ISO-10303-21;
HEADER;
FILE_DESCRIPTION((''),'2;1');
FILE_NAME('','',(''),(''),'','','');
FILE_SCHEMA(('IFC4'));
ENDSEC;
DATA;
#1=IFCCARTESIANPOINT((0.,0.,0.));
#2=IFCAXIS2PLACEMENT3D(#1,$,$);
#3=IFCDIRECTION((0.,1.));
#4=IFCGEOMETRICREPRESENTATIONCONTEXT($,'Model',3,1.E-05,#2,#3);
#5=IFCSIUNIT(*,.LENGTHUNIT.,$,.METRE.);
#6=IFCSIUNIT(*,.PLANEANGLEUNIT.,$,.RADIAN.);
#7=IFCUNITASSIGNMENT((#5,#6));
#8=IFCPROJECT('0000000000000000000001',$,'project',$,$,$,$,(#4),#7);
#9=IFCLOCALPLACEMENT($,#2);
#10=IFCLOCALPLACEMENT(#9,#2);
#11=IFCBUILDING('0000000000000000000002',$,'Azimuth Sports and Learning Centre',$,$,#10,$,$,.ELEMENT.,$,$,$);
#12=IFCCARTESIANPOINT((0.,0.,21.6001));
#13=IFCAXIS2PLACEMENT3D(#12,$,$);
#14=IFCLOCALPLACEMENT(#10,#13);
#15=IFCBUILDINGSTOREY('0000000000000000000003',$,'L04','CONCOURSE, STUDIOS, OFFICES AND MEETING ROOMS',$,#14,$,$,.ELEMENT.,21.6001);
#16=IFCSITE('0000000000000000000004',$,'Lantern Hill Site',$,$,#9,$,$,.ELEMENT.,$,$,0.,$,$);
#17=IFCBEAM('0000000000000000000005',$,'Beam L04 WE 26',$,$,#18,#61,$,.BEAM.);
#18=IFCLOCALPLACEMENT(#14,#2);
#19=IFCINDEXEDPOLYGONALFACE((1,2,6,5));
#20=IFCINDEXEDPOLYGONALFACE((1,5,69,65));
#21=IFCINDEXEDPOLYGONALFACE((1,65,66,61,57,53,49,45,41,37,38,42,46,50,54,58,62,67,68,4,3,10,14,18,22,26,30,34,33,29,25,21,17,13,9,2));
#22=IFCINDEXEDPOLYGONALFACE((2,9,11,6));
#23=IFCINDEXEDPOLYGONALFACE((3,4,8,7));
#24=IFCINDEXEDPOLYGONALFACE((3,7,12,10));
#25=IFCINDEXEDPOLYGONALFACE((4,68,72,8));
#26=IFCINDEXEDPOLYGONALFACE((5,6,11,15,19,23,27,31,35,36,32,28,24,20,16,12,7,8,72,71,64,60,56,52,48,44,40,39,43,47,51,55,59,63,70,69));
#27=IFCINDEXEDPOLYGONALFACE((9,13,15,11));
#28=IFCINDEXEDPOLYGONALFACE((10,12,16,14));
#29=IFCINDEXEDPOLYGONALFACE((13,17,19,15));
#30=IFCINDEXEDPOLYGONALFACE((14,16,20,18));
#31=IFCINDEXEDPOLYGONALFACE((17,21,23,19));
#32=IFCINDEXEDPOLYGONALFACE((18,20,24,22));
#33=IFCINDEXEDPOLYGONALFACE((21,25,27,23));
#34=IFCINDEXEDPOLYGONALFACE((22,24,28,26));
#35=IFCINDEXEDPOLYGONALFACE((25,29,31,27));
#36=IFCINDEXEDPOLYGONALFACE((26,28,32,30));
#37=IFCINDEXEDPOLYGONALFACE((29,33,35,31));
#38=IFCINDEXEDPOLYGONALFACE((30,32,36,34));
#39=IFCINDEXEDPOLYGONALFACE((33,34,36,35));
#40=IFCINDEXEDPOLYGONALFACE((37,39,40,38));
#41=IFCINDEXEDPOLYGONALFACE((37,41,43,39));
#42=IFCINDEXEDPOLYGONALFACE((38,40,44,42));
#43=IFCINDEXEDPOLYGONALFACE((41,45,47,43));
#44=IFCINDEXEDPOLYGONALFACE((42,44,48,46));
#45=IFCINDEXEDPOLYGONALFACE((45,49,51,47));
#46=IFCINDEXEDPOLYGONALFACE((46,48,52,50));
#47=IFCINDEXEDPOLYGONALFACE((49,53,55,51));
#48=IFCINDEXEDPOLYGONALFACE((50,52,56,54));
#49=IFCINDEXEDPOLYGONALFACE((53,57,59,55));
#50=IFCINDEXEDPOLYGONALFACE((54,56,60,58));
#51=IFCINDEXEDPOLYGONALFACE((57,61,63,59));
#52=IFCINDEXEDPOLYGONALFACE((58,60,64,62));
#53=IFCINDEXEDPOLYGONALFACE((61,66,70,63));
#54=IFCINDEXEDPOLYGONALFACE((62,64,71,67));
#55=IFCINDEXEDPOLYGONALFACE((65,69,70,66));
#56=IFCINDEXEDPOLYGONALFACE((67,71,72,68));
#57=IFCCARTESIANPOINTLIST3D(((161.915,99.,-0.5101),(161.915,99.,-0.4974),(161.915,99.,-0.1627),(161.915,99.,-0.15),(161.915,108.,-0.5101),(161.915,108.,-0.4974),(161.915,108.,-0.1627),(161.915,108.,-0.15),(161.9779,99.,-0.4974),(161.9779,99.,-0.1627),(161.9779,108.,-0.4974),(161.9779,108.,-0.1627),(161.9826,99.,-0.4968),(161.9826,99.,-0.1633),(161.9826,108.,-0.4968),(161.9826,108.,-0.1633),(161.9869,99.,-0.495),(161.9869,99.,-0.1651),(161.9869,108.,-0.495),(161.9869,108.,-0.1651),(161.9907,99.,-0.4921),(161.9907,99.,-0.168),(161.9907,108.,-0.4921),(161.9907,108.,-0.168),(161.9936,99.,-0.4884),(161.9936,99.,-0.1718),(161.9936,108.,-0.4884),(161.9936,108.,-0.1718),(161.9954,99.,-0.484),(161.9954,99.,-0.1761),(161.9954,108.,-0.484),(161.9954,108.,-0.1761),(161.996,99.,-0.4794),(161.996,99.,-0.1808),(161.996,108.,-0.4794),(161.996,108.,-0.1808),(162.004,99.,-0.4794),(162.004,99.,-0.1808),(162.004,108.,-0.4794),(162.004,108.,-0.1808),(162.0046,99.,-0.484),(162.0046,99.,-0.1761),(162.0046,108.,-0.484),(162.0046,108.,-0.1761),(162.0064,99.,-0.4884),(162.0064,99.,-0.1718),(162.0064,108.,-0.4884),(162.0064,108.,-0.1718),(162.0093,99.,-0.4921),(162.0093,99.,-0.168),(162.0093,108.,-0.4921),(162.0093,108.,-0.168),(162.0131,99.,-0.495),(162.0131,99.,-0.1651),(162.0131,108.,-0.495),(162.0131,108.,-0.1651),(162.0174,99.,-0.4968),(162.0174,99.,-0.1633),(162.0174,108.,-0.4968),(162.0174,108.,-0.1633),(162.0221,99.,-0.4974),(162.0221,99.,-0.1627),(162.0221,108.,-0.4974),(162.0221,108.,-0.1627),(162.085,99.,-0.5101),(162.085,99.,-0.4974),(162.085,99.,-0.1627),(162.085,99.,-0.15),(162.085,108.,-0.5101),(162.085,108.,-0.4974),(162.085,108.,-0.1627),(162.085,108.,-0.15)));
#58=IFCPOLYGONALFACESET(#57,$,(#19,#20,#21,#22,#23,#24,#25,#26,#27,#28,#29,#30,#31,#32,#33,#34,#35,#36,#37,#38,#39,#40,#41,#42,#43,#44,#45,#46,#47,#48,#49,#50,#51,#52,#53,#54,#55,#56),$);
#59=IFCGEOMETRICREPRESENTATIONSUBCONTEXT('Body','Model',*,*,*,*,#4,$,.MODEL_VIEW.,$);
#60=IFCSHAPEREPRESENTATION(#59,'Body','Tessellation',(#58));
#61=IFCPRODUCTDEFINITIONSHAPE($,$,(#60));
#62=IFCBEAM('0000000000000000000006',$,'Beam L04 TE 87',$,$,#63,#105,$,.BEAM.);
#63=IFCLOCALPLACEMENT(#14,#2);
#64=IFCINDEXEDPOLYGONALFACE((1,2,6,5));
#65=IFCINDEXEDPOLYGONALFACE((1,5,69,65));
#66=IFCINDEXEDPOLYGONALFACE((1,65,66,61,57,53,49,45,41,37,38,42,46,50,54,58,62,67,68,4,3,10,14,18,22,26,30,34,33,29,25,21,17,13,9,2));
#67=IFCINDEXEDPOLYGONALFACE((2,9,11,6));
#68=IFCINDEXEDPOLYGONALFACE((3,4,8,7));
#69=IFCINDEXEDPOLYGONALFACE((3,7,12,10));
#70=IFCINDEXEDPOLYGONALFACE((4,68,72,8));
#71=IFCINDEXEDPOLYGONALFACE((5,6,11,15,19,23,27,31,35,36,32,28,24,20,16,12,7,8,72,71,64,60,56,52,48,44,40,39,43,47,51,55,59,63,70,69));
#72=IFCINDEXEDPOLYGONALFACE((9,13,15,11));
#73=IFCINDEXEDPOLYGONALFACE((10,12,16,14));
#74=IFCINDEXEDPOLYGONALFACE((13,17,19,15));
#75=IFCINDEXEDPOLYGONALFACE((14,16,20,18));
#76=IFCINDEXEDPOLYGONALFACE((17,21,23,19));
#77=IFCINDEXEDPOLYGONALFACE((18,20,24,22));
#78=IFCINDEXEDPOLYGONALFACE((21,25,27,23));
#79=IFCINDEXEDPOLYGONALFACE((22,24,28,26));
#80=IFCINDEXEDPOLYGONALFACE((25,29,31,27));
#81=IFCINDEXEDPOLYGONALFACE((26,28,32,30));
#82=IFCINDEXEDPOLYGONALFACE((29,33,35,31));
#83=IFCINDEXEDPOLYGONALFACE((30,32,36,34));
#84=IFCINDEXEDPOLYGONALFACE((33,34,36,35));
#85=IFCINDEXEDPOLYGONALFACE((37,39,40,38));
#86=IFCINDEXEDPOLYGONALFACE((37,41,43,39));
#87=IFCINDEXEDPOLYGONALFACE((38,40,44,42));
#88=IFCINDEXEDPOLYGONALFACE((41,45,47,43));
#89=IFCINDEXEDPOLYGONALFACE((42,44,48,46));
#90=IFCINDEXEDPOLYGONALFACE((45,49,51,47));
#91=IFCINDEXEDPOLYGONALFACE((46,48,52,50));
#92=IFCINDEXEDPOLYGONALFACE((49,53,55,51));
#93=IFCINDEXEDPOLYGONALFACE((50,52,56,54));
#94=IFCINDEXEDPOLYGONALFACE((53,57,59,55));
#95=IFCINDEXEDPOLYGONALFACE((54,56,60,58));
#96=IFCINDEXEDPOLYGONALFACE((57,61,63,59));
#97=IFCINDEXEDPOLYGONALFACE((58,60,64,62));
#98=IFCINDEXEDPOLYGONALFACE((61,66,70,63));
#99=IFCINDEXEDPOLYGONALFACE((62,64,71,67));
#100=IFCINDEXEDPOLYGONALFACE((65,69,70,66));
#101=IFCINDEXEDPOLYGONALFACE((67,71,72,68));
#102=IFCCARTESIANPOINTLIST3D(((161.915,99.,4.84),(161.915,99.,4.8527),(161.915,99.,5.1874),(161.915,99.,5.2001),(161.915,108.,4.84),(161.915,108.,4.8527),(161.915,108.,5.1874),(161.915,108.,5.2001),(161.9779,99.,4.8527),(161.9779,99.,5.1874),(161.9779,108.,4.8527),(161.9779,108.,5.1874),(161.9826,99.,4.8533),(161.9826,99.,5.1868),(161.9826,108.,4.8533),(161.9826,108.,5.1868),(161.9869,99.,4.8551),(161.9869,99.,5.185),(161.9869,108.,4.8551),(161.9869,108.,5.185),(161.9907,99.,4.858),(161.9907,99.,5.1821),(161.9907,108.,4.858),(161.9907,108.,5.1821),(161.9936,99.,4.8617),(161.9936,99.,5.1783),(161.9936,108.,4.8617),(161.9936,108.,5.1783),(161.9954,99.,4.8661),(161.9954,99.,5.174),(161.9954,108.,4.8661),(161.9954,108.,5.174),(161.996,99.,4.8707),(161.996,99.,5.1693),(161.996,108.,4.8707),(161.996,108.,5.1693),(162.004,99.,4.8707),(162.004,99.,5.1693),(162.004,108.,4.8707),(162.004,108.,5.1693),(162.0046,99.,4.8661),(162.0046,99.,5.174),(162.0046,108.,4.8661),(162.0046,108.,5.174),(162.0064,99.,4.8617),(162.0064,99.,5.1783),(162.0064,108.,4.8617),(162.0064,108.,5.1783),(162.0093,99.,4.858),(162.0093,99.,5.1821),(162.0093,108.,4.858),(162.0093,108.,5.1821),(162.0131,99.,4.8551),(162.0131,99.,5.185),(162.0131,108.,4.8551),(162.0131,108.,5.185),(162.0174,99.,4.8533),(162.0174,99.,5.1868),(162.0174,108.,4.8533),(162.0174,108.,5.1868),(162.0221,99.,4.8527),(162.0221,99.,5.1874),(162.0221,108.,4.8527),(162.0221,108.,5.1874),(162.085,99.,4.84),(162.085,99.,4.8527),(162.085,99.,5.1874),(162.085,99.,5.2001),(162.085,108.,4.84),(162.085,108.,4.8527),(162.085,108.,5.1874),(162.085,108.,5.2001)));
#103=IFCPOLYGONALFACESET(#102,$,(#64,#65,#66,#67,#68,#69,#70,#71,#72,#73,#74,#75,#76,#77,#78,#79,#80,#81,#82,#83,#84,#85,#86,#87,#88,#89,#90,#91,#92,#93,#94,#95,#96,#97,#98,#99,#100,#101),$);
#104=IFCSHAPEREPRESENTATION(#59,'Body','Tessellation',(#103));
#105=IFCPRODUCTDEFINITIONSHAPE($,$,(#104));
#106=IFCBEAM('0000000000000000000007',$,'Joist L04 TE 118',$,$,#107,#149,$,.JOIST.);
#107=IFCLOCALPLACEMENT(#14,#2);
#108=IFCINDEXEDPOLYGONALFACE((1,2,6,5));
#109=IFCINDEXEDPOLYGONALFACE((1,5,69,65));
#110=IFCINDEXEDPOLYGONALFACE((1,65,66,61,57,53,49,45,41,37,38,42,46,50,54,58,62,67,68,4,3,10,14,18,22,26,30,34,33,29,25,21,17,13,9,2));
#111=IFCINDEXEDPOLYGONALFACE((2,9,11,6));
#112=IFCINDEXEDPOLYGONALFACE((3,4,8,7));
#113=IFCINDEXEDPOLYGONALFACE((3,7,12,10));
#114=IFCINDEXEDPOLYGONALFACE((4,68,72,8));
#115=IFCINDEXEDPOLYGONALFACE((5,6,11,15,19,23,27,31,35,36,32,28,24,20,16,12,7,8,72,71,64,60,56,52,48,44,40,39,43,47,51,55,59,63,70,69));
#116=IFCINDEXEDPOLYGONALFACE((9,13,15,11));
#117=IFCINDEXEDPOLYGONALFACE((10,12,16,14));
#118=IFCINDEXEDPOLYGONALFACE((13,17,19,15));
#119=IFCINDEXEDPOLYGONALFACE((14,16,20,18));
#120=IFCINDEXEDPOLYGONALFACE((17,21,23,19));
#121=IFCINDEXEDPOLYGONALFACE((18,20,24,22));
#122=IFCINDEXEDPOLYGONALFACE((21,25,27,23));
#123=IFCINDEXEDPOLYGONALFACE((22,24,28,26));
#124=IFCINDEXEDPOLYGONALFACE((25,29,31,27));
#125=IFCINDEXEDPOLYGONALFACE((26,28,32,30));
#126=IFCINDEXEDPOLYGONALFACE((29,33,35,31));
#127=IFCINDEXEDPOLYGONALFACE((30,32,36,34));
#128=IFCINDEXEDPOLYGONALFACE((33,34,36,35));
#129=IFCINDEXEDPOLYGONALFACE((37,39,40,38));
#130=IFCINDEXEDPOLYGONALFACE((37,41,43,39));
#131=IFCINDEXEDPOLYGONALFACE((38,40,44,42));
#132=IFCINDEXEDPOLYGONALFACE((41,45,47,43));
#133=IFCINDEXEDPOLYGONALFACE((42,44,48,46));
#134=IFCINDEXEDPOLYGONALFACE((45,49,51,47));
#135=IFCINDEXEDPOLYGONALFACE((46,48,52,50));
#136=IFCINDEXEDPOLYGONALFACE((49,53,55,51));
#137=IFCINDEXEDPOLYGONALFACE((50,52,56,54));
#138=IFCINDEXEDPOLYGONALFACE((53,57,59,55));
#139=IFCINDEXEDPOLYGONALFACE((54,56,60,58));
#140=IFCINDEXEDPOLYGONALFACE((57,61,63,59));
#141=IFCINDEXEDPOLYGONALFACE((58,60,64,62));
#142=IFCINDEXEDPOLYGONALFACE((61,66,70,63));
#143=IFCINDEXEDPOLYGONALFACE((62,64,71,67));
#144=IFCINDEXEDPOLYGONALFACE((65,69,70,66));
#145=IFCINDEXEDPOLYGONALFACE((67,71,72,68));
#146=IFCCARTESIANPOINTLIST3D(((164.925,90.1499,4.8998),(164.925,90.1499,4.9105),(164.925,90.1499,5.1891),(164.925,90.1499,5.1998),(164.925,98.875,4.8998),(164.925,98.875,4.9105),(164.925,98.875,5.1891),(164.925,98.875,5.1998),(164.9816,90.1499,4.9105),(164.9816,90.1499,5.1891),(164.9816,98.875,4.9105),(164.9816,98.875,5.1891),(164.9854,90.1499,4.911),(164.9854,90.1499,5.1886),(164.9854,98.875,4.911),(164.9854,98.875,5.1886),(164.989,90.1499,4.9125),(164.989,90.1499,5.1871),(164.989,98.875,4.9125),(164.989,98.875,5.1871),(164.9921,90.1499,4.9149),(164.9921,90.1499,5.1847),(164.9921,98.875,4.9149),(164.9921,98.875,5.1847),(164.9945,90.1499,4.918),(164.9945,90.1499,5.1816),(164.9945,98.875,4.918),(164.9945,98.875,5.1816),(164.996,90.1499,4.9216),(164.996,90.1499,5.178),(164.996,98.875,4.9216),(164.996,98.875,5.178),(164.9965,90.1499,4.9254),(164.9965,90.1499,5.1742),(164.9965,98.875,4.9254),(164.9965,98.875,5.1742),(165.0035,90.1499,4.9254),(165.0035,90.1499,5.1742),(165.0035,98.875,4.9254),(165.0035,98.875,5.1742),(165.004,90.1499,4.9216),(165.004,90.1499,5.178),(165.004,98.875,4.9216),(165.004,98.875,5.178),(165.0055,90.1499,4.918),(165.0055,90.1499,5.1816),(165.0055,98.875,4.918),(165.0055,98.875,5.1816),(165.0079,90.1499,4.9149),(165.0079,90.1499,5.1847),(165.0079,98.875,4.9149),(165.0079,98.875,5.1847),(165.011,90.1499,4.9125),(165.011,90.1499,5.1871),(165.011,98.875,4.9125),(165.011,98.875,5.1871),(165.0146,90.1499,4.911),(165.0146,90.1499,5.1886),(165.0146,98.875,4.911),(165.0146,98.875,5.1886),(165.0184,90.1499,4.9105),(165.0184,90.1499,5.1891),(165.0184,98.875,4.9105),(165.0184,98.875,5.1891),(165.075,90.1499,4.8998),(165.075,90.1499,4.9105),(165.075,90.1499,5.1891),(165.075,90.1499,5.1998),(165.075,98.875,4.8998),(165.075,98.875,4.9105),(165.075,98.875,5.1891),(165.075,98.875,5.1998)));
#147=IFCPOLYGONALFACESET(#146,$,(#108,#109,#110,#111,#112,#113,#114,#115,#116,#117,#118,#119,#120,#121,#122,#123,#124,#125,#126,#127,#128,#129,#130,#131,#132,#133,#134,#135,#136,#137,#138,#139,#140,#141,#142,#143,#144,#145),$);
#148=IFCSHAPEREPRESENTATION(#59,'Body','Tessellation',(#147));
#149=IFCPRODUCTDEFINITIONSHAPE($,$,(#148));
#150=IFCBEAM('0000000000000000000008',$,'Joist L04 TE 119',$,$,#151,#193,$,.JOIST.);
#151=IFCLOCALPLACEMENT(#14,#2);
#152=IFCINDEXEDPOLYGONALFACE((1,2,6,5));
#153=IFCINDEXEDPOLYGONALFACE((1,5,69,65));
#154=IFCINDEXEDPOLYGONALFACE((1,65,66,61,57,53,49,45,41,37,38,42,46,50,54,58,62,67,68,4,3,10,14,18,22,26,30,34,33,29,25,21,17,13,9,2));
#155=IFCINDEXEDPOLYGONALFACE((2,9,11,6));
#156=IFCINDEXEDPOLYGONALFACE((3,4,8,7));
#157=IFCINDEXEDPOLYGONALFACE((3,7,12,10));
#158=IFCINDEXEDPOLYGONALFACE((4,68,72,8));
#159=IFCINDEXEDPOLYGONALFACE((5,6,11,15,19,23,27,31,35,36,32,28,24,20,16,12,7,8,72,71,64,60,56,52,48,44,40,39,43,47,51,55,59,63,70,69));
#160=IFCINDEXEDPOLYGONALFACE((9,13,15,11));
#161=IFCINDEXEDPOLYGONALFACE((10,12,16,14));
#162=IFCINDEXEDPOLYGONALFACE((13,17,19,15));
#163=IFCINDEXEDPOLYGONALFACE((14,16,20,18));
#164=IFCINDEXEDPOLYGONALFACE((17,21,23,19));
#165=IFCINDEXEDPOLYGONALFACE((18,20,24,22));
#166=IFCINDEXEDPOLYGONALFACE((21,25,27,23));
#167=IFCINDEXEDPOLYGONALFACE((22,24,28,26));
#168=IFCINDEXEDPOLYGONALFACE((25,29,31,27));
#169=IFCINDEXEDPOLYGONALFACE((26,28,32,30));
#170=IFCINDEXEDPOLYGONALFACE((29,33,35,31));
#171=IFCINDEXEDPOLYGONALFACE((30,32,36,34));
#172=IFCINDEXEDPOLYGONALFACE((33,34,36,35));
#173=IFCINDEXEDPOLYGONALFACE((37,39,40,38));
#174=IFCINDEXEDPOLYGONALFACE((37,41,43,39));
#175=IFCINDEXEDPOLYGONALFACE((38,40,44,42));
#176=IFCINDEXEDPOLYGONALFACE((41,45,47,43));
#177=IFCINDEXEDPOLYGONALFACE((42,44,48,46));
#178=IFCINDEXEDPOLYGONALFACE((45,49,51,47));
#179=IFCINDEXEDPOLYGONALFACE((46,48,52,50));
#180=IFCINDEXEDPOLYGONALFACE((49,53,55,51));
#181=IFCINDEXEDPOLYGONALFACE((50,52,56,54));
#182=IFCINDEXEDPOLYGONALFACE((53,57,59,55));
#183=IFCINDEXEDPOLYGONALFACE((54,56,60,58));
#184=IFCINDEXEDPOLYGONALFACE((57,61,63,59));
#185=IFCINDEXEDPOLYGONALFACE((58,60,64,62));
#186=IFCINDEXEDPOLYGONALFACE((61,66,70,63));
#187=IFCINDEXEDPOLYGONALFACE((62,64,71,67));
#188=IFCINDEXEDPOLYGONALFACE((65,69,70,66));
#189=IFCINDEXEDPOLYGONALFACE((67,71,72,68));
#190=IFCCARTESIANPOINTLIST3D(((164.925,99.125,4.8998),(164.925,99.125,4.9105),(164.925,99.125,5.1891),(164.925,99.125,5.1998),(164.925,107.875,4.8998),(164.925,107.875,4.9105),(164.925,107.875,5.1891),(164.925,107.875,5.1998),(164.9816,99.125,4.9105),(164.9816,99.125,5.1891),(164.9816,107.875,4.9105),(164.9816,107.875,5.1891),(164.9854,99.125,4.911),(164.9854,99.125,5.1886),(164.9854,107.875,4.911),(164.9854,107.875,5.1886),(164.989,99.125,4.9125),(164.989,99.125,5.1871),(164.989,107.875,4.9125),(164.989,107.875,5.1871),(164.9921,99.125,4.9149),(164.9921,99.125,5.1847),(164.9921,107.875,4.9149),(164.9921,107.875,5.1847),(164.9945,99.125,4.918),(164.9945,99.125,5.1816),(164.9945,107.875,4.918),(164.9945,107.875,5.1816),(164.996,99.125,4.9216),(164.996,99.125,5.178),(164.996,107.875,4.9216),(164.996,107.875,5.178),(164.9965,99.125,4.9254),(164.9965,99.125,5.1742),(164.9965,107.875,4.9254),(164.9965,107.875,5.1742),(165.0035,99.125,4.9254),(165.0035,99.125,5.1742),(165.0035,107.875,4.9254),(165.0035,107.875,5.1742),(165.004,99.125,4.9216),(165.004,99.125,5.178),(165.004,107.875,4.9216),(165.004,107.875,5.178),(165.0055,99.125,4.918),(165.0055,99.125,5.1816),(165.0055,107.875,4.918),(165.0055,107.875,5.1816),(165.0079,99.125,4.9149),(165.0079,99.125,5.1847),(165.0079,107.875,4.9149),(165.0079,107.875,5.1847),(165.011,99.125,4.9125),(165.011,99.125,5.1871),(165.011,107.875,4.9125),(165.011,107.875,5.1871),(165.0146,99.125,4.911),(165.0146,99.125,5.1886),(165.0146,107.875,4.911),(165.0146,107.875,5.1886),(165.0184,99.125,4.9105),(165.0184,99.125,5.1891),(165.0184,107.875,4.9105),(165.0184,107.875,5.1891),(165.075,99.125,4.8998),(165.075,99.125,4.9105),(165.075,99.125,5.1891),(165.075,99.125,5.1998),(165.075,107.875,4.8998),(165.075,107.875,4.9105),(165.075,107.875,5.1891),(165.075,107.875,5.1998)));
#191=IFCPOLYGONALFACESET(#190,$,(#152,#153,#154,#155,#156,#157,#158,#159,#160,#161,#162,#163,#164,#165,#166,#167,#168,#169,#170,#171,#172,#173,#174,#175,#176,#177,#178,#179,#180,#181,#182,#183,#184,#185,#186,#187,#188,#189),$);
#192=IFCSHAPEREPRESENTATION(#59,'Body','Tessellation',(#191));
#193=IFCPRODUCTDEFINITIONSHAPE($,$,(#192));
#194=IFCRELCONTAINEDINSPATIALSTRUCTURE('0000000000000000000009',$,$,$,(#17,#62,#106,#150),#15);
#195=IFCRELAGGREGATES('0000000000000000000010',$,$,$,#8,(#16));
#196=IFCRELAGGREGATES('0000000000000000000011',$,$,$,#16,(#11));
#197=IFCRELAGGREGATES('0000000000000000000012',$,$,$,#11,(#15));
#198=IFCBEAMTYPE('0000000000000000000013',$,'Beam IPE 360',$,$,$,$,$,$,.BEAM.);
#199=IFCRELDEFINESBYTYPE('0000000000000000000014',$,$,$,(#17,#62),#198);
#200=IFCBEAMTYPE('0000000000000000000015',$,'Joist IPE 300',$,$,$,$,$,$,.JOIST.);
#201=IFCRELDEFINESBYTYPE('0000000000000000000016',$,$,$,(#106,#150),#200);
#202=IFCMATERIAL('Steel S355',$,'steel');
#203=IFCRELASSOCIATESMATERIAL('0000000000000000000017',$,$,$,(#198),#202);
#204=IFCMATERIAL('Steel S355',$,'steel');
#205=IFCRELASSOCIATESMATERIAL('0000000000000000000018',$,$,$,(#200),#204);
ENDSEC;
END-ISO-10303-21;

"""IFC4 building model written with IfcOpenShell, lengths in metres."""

from ifc_helpers import new_model, si_unit, direction, frame, origin, origin_2d, place, context, subcontext, project, spatial, i_section, extrude, material, material_profile, profile_set, type_object, element, save


model = new_model("IFC4")

# Units and contexts
model_context = context("Model", 3, precision=1e-05, world=origin(), true_north=direction((0.0, 1.0)))
body_context = subcontext(model_context, "Body", "Model", "MODEL_VIEW")
ifc_project = project(units=[si_unit("LENGTHUNIT", "METRE"), si_unit("PLANEANGLEUNIT", "RADIAN")], contexts=[model_context])

# Site, building, storey
site_placement = place(None, origin())
site = spatial("IfcSite", under=ifc_project, at=site_placement, Name="Lantern Hill Site", CompositionType="ELEMENT", RefElevation=0.0)
building_placement = place(site_placement, origin())
building = spatial("IfcBuilding", under=site, at=building_placement, Name="Azimuth Sports and Learning Centre", CompositionType="ELEMENT")
storey_placement = place(building_placement, frame((0.0, 0.0, 21.6001)))
storey = spatial("IfcBuildingStorey", under=building, at=storey_placement, Name="L04", Description="CONCOURSE, STUDIOS, OFFICES AND MEETING ROOMS", CompositionType="ELEMENT", Elevation=21.6001)

# Beams
ifc_material_1 = material(Name="Steel S355", Category="steel")
ifc_material_profile_1 = material_profile(ifc_material_1, i_section(OverallWidth=0.1699, OverallDepth=0.3601, WebThickness=0.0081, FlangeThickness=0.0127, FilletRadius=0.0181, at=origin_2d()), Name="IPE 360")
ifc_profile_set_1 = profile_set([ifc_material_profile_1], Name="Steel S355")
beam_type_1 = type_object("IfcBeamType", Name="Beam IPE 360", PredefinedType="BEAM", material=ifc_profile_set_1)
for number, where, z_axis, x_axis, name in (
    (1, (162.0, 99.0, -0.3301), (0.0, 1.0, 0.0), (-1.0, 0.0, 0.0), "Beam L04 WE 26"),
    (2, (162.0, 99.0, 5.02), (0.0, 1.0, 0.0), (-1.0, 0.0, 0.0), "Beam L04 TE 87"),
):
    element("IfcBeam", number, at=place(storey_placement, frame(where, z_axis=z_axis, x_axis=x_axis)), inside=storey, type_object=beam_type_1, Name=name, PredefinedType="BEAM", context=body_context, shape_type="SweptSolid", body=[
        extrude(i_section(OverallWidth=0.1699, OverallDepth=0.3601, WebThickness=0.0081, FlangeThickness=0.0127, FilletRadius=0.0181, at=origin_2d()), origin(), (0.0, 0.0, 1.0), 9.0),
    ])
ifc_material_2 = material(Name="Steel S355", Category="steel")
ifc_material_profile_2 = material_profile(ifc_material_2, i_section(OverallWidth=0.1499, OverallDepth=0.3, WebThickness=0.0071, FlangeThickness=0.0107, FilletRadius=0.0149, at=origin_2d()), Name="IPE 300")
ifc_profile_set_2 = profile_set([ifc_material_profile_2], Name="Steel S355")
beam_type_2 = type_object("IfcBeamType", Name="Joist IPE 300", PredefinedType="JOIST", material=ifc_profile_set_2)
beam_1_placement = place(storey_placement, frame((165.0, 90.1499, 5.0498), z_axis=(0.0, 1.0, 0.0), x_axis=(-1.0, 0.0, 0.0)))
element("IfcBeam", 3, at=beam_1_placement, inside=storey, type_object=beam_type_2, Name="Joist L04 TE 118", PredefinedType="JOIST", context=body_context, shape_type="SweptSolid", body=[
    extrude(i_section(OverallWidth=0.1499, OverallDepth=0.3, WebThickness=0.0071, FlangeThickness=0.0107, FilletRadius=0.0149, at=origin_2d()), origin(), (0.0, 0.0, 1.0), 8.7251),
])
beam_2_placement = place(storey_placement, frame((165.0, 99.125, 5.0498), z_axis=(0.0, 1.0, 0.0), x_axis=(-1.0, 0.0, 0.0)))
element("IfcBeam", 4, at=beam_2_placement, inside=storey, type_object=beam_type_2, Name="Joist L04 TE 119", PredefinedType="JOIST", context=body_context, shape_type="SweptSolid", body=[
    extrude(i_section(OverallWidth=0.1499, OverallDepth=0.3, WebThickness=0.0071, FlangeThickness=0.0107, FilletRadius=0.0149, at=origin_2d()), origin(), (0.0, 0.0, 1.0), 8.75),
])

save(model, "model.ifc")
